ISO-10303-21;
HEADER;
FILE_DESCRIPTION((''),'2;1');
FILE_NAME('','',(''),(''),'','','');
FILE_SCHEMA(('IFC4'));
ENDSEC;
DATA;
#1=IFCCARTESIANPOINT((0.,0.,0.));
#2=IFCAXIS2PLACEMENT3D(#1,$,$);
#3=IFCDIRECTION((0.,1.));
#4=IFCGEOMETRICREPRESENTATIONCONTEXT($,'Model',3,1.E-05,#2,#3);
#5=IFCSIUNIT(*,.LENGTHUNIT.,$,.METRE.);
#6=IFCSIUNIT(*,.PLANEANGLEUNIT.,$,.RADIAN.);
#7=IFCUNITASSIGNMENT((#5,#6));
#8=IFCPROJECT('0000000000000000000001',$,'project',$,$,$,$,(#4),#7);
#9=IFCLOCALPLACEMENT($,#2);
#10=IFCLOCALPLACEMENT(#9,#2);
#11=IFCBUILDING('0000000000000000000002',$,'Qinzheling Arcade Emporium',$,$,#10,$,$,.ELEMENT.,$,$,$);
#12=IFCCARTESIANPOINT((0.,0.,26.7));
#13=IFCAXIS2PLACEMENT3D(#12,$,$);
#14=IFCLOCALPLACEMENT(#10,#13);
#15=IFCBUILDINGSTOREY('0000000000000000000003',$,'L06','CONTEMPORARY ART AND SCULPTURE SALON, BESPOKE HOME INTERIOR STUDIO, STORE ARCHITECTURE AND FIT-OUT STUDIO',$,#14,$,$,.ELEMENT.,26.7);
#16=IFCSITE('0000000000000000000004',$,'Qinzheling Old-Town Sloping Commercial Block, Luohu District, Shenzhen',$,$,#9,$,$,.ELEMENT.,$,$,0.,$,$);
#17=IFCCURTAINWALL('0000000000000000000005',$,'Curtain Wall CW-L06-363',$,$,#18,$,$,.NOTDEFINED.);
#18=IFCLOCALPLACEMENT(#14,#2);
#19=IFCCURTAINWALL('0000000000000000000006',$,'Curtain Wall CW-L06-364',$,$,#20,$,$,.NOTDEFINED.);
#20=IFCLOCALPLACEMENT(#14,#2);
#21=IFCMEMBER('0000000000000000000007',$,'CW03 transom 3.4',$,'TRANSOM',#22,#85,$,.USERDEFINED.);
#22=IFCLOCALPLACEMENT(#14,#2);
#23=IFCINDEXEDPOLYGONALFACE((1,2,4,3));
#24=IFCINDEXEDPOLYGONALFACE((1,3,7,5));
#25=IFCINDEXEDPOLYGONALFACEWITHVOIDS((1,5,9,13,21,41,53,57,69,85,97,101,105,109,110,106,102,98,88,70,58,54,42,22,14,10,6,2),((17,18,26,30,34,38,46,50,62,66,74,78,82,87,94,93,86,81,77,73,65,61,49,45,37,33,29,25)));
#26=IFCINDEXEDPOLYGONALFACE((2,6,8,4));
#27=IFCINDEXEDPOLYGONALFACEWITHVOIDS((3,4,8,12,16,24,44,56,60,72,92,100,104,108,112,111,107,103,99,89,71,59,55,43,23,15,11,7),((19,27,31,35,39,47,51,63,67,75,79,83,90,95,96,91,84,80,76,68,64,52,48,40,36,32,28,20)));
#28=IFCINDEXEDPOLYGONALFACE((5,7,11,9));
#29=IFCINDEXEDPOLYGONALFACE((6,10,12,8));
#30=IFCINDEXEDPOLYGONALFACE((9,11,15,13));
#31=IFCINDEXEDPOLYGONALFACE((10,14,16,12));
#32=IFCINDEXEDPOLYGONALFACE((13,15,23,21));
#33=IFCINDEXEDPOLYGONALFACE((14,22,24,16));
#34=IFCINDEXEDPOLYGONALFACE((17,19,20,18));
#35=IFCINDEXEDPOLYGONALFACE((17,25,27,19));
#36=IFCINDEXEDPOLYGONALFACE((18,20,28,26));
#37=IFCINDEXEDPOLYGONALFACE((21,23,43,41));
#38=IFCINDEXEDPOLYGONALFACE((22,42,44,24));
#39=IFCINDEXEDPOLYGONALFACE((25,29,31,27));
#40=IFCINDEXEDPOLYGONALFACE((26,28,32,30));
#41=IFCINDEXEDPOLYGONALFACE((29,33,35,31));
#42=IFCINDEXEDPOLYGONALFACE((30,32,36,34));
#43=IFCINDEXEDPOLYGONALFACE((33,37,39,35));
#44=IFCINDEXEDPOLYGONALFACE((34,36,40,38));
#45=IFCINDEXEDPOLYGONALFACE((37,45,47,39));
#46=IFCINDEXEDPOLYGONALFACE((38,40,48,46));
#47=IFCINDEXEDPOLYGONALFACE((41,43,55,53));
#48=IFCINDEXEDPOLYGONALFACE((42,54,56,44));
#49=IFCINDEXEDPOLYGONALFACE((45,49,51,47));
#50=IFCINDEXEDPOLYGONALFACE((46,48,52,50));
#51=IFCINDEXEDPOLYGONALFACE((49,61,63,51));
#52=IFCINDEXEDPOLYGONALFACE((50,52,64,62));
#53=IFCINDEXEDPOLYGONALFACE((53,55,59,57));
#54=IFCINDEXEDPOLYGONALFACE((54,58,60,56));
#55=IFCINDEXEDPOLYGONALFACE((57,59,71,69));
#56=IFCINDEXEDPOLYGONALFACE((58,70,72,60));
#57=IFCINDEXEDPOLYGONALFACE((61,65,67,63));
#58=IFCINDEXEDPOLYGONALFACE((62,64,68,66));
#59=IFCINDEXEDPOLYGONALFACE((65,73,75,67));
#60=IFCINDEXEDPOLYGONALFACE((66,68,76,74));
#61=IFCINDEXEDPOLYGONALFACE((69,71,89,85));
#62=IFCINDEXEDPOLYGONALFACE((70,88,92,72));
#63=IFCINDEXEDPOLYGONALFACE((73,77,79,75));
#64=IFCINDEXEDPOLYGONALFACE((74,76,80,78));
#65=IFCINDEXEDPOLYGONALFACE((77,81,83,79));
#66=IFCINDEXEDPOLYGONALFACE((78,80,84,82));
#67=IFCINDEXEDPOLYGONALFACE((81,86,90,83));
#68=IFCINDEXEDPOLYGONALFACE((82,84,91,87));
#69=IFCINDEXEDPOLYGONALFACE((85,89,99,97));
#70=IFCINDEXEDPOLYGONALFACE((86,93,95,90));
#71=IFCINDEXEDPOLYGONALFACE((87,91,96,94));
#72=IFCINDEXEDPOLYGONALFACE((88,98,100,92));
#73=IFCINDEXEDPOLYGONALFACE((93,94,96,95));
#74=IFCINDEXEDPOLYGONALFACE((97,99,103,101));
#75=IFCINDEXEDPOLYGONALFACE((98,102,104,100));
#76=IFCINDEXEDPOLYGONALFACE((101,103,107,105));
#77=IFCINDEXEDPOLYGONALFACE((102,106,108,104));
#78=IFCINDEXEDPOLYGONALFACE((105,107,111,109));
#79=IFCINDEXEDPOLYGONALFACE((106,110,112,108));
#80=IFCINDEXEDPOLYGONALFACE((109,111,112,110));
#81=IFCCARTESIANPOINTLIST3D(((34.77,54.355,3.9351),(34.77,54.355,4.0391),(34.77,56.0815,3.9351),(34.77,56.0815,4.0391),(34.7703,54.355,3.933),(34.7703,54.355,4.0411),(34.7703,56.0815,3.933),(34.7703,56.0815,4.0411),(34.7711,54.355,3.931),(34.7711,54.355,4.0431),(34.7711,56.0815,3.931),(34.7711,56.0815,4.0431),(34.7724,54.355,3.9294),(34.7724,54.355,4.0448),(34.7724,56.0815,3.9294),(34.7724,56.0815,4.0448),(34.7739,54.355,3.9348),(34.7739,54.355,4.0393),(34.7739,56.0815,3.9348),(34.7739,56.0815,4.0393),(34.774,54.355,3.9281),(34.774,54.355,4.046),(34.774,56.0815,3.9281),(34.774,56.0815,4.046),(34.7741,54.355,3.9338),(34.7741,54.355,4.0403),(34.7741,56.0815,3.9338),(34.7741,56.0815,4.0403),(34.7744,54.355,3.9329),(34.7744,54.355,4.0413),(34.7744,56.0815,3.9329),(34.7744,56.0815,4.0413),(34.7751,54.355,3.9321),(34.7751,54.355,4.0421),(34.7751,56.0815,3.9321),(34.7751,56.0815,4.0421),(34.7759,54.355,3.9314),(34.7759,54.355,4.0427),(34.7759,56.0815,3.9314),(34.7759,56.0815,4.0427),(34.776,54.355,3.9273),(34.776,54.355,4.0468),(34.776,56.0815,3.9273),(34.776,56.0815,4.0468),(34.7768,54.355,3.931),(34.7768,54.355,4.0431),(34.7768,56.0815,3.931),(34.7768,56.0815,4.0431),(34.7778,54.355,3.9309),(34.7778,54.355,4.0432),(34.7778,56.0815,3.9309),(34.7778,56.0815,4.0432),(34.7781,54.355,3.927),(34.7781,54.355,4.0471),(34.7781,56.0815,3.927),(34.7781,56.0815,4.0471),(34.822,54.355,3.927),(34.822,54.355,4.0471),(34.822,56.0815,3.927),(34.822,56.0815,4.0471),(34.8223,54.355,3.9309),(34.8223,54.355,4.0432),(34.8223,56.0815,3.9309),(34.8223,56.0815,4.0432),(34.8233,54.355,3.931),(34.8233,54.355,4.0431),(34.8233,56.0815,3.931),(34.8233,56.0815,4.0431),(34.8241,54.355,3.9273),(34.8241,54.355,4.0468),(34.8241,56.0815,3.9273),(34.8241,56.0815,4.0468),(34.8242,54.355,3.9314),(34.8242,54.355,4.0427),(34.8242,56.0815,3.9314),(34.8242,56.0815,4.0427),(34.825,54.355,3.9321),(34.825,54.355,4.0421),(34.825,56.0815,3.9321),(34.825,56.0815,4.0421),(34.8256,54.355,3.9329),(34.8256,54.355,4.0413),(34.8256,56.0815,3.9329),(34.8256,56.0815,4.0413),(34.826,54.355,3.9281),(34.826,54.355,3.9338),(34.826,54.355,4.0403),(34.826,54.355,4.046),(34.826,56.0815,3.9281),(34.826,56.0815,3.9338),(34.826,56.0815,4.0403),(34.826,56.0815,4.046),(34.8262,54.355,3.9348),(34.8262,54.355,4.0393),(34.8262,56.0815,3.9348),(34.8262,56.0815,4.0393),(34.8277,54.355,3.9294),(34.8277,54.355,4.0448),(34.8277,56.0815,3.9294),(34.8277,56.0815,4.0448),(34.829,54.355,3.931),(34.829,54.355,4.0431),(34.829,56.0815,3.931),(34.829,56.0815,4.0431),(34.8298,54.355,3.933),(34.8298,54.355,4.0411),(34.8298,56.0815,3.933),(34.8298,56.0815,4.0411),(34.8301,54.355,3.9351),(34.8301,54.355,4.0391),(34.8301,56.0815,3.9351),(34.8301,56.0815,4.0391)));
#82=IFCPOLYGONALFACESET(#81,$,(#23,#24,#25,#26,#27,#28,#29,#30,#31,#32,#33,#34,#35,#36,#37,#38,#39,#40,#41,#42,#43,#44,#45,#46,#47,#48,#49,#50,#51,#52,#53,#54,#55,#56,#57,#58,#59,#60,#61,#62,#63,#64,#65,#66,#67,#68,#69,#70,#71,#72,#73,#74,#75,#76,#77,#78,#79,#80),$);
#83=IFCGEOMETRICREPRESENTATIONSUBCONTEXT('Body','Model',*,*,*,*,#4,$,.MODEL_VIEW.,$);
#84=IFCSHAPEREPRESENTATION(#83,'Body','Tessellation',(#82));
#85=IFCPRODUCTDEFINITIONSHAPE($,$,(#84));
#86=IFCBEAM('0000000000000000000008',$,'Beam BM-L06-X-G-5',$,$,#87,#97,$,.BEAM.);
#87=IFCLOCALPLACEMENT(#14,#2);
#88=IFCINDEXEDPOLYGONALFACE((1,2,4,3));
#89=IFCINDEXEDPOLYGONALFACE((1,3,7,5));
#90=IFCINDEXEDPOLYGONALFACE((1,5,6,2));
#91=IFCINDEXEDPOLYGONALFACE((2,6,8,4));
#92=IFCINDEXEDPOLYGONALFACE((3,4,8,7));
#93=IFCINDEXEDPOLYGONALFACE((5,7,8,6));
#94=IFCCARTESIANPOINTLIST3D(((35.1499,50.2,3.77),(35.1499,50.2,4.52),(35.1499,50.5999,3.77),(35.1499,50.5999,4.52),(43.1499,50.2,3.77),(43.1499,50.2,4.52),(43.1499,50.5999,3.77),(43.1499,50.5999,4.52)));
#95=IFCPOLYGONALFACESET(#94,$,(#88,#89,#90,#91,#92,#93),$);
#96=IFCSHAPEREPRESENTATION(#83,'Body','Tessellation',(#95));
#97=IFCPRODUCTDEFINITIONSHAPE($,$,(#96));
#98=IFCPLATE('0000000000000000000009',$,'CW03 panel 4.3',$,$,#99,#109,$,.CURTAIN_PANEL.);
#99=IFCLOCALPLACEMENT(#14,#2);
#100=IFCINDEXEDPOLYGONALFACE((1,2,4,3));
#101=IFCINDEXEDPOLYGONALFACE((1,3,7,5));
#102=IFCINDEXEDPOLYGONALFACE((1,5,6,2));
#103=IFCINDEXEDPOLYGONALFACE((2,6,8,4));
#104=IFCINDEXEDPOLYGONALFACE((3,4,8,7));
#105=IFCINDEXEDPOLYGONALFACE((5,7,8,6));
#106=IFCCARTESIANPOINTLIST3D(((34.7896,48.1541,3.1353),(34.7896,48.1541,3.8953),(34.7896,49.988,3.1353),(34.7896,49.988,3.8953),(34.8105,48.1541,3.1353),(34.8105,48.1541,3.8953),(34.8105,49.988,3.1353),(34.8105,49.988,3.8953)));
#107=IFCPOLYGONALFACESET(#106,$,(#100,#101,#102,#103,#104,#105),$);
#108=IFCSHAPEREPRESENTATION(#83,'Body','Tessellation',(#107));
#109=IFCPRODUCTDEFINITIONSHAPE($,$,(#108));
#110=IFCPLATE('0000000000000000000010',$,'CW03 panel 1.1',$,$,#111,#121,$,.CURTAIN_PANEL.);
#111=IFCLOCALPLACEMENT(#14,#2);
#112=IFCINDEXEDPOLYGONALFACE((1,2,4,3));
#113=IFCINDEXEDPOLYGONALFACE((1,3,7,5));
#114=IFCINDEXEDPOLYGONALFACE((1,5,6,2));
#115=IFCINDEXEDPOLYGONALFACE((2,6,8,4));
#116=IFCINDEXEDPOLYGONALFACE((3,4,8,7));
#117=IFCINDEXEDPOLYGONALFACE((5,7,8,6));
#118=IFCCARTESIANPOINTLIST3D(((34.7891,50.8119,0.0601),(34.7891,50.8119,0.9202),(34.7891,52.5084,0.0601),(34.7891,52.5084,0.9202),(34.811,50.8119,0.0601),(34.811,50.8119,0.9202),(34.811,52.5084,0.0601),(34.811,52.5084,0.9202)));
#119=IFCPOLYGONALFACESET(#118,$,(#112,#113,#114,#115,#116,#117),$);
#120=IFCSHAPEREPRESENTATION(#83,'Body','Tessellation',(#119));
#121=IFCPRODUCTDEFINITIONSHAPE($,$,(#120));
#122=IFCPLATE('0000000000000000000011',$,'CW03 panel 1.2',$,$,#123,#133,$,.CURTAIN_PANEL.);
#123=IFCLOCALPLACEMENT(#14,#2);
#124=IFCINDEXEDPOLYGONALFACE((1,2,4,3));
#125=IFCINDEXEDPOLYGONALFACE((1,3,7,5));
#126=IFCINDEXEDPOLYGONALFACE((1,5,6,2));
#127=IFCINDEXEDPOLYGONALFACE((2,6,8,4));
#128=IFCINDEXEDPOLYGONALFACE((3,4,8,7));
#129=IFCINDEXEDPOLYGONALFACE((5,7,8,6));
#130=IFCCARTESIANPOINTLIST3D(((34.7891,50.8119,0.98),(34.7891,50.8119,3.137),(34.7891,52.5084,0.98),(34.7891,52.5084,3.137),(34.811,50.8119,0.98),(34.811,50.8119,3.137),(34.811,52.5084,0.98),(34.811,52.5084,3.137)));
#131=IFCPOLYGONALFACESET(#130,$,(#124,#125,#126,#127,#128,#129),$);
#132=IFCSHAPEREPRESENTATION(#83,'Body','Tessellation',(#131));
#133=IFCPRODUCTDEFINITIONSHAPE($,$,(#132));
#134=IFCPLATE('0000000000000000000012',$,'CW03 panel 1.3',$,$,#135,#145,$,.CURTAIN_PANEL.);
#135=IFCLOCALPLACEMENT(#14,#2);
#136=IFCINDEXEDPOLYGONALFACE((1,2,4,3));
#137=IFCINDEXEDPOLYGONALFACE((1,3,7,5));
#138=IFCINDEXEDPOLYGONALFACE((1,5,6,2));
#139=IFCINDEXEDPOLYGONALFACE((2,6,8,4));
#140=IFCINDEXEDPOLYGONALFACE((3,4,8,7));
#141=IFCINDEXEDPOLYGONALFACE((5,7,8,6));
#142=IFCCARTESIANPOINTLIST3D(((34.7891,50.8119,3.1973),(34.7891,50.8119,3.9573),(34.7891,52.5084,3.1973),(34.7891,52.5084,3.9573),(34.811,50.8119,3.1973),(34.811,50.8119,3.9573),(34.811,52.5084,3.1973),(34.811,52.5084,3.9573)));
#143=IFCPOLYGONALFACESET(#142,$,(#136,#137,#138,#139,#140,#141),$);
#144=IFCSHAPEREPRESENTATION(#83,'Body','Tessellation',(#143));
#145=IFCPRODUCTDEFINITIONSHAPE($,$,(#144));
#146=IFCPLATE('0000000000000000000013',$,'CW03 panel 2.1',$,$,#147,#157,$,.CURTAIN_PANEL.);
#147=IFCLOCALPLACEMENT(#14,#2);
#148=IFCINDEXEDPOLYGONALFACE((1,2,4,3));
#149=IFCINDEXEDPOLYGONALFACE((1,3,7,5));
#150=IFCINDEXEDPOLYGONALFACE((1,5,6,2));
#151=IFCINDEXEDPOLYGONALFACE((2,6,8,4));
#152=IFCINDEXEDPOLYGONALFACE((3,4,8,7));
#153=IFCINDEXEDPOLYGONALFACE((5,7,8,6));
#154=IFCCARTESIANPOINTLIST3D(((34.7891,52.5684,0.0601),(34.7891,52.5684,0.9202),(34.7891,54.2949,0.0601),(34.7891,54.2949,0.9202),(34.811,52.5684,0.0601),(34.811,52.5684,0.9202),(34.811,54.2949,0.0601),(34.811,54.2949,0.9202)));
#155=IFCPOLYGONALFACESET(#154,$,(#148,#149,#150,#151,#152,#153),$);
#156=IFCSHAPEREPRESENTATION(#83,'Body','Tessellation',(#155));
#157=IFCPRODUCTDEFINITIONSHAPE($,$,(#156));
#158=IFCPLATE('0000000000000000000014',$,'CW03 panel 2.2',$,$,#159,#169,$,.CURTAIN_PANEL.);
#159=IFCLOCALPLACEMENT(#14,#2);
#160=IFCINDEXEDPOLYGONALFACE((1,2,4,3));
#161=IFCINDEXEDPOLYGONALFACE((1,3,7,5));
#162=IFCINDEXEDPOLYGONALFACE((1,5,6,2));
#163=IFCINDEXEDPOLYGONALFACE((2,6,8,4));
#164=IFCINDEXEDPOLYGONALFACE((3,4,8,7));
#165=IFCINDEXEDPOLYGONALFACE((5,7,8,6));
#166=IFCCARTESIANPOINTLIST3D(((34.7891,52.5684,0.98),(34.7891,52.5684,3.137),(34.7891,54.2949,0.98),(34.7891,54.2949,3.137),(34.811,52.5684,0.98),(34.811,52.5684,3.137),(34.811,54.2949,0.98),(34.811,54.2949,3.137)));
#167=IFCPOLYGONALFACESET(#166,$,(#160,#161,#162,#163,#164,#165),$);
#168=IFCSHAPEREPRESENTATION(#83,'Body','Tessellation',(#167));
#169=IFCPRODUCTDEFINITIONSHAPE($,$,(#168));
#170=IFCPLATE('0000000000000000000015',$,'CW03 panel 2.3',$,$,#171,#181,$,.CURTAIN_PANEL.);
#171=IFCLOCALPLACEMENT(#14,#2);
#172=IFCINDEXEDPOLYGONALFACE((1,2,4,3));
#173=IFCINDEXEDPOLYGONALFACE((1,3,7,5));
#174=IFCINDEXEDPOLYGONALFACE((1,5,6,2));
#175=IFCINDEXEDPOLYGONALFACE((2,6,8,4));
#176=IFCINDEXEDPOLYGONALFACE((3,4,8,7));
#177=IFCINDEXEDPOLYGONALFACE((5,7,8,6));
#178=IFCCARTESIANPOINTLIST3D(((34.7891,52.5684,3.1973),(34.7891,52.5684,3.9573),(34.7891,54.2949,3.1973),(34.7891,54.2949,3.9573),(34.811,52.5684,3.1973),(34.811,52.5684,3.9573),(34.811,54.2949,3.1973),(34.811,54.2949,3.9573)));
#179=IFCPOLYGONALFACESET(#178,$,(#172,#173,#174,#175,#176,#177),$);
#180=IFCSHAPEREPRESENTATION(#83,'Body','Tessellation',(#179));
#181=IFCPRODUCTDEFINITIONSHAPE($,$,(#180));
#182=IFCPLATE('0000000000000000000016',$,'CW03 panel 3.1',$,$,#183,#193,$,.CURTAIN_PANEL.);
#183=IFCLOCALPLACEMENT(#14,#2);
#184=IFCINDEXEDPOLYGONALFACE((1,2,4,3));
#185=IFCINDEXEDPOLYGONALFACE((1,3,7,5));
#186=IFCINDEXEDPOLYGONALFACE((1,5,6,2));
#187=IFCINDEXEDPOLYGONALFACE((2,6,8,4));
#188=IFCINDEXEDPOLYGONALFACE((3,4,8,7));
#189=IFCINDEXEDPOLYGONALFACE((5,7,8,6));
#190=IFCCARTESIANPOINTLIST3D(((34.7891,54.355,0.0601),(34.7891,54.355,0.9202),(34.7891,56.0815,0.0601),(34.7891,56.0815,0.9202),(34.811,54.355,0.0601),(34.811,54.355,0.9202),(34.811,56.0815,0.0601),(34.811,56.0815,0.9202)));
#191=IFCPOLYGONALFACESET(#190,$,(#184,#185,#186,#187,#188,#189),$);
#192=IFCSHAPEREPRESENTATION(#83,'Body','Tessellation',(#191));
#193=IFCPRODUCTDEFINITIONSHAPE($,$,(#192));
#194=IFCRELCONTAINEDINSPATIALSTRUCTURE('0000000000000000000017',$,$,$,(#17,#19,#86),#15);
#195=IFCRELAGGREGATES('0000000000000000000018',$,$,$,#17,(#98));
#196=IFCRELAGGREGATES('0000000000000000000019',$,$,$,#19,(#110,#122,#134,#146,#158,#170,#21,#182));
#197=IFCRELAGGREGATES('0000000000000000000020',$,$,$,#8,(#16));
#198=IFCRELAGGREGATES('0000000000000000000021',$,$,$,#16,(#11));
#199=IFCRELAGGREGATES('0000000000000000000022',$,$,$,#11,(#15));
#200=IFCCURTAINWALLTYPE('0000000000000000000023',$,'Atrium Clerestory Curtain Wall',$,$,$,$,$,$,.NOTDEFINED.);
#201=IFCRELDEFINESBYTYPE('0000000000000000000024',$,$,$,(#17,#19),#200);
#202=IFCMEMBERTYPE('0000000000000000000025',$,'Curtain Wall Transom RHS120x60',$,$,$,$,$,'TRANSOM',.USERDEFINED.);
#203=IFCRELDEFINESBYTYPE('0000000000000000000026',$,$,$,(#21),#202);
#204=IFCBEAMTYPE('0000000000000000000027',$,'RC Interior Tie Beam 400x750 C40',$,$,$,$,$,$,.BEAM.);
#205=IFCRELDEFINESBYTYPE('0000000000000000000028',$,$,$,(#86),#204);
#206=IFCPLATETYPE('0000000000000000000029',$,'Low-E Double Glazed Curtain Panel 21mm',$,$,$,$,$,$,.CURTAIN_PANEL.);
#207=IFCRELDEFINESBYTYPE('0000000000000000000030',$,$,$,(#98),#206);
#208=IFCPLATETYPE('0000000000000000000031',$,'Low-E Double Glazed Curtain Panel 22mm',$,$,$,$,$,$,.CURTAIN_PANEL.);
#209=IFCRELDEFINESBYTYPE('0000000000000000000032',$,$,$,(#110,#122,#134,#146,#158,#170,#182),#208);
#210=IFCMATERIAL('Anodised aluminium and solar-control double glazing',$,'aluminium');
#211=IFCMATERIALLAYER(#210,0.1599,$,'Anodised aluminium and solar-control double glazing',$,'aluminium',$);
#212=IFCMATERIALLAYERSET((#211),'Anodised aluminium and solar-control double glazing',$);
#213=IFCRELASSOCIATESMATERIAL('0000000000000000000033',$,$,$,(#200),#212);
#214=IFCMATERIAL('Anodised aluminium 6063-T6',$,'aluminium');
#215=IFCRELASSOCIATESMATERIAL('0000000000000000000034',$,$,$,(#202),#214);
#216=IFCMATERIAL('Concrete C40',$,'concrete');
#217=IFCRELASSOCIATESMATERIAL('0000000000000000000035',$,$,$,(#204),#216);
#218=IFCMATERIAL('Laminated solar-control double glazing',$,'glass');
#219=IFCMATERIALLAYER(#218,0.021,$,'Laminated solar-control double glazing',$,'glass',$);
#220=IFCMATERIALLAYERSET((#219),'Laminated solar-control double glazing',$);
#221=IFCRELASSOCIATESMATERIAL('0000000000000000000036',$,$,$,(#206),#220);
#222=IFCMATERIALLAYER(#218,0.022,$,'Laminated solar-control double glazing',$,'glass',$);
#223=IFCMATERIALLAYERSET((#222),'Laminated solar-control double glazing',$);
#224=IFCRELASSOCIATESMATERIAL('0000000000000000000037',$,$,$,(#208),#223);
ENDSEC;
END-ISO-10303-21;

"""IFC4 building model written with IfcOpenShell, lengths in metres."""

from ifc_helpers import new_model, si_unit, direction, frame, origin, origin_2d, place, context, subcontext, project, spatial, rectangle, hollow_rectangle, extrude, material, layer, layer_set, material_profile, profile_set, type_object, element, aggregate, save


model = new_model("IFC4")

# Units and contexts
model_context = context("Model", 3, precision=1e-05, world=origin(), true_north=direction((0.0, 1.0)))
body_context = subcontext(model_context, "Body", "Model", "MODEL_VIEW")
ifc_project = project(units=[si_unit("LENGTHUNIT", "METRE"), si_unit("PLANEANGLEUNIT", "RADIAN")], contexts=[model_context])

# Site, building, storey
site_placement = place(None, origin())
site = spatial("IfcSite", under=ifc_project, at=site_placement, Name="Qinzheling Old-Town Sloping Commercial Block, Luohu District, Shenzhen", CompositionType="ELEMENT", RefElevation=0.0)
building_placement = place(site_placement, origin())
building = spatial("IfcBuilding", under=site, at=building_placement, Name="Qinzheling Arcade Emporium", CompositionType="ELEMENT")
storey_placement = place(building_placement, frame((0.0, 0.0, 26.7)))
storey = spatial("IfcBuildingStorey", under=building, at=storey_placement, Name="L06", Description="CONTEMPORARY ART AND SCULPTURE SALON, BESPOKE HOME INTERIOR STUDIO, STORE ARCHITECTURE AND FIT-OUT STUDIO", CompositionType="ELEMENT", Elevation=26.7)

# Shared definitions
ifc_material_1 = material(Name="Concrete C40", Category="concrete")

# Curtain wall
ifc_material_2 = material(Name="Anodised aluminium and solar-control double glazing", Category="aluminium")
ifc_layer_1 = layer(ifc_material_2, 0.1599, Name="Anodised aluminium and solar-control double glazing", Category="aluminium")
ifc_layer_set_1 = layer_set([ifc_layer_1], Name="Anodised aluminium and solar-control double glazing")
curtain_wall_type = type_object("IfcCurtainWallType", Name="Atrium Clerestory Curtain Wall", PredefinedType="NOTDEFINED", material=ifc_layer_set_1)
curtain_wall_1_placement = place(storey_placement, origin())
curtain_wall_1 = element("IfcCurtainWall", 1, at=curtain_wall_1_placement, inside=storey, type_object=curtain_wall_type, Name="Curtain Wall CW-L06-363", PredefinedType="NOTDEFINED")
ifc_material_3 = material(Name="Anodised aluminium 6063-T6", Category="aluminium")

# Curtain wall, member
curtain_wall_2_placement = place(storey_placement, origin())
curtain_wall_2 = element("IfcCurtainWall", 2, at=curtain_wall_2_placement, inside=storey, type_object=curtain_wall_type, Name="Curtain Wall CW-L06-364", PredefinedType="NOTDEFINED")
ifc_material_profile_1 = material_profile(ifc_material_3, hollow_rectangle(XDim=0.0601, YDim=0.1201, WallThickness=0.0039, InnerFilletRadius=0.0039, OuterFilletRadius=0.0081, at=origin_2d()), Name="RHS 120x60x4", Category="aluminium")
ifc_profile_set_1 = profile_set([ifc_material_profile_1], Name="Anodised aluminium 6063-T6")
member_type_1 = type_object("IfcMemberType", Name="Curtain Wall Transom RHS120x60", ElementType="TRANSOM", PredefinedType="USERDEFINED", material=ifc_profile_set_1)
member_1_placement = place(storey_placement, frame((34.8, 54.355, 3.9871), z_axis=(0.0, 1.0, 0.0), x_axis=(-1.0, 0.0, 0.0)))
member_1 = element("IfcMember", 3, at=member_1_placement, type_object=member_type_1, Name="CW03 transom 3.4", ObjectType="TRANSOM", PredefinedType="USERDEFINED", context=body_context, shape_type="SweptSolid", body=[
    extrude(hollow_rectangle(XDim=0.0601, YDim=0.1201, WallThickness=0.0039, InnerFilletRadius=0.0039, OuterFilletRadius=0.0081, at=origin_2d()), origin(), (0.0, 0.0, 1.0), 1.7266),
])

# Beam
ifc_material_profile_2 = material_profile(ifc_material_1, rectangle(XDim=0.3999, YDim=0.75, at=origin_2d()), Name="RC 400x750", Category="concrete")
ifc_profile_set_2 = profile_set([ifc_material_profile_2], Name="Concrete C40")
beam_type_1 = type_object("IfcBeamType", Name="RC Interior Tie Beam 400x750 C40", PredefinedType="BEAM", material=ifc_profile_set_2)
beam_1_placement = place(storey_placement, frame((35.1499, 50.3999, 4.145), z_axis=(1.0, 0.0, 0.0), x_axis=(0.0, 1.0, 0.0)))
element("IfcBeam", 4, at=beam_1_placement, inside=storey, type_object=beam_type_1, Name="Beam BM-L06-X-G-5", PredefinedType="BEAM", context=body_context, shape_type="SweptSolid", body=[
    extrude(rectangle(XDim=0.3999, YDim=0.75, at=origin_2d()), origin(), (0.0, 0.0, 1.0), 8.0),
])

# Plates
ifc_material_4 = material(Name="Laminated solar-control double glazing", Category="glass")
ifc_layer_2 = layer(ifc_material_4, 0.021, Name="Laminated solar-control double glazing", Category="glass")
ifc_layer_set_2 = layer_set([ifc_layer_2], Name="Laminated solar-control double glazing")
plate_type_1 = type_object("IfcPlateType", Name="Low-E Double Glazed Curtain Panel 21mm", PredefinedType="CURTAIN_PANEL", material=ifc_layer_set_2)
plate_1_placement = place(storey_placement, frame((34.8, 49.071, 3.1353), z_axis=(0.0, 0.0, 1.0), x_axis=(0.0, 1.0, 0.0)))
plate_1 = element("IfcPlate", 5, at=plate_1_placement, type_object=plate_type_1, Name="CW03 panel 4.3", PredefinedType="CURTAIN_PANEL", context=body_context, shape_type="SweptSolid", body=[
    extrude(rectangle(XDim=1.834, YDim=0.021, at=origin_2d()), origin(), (0.0, 0.0, 1.0), 0.76),
])
aggregate(curtain_wall_1, [plate_1])
ifc_layer_3 = layer(ifc_material_4, 0.022, Name="Laminated solar-control double glazing", Category="glass")
ifc_layer_set_3 = layer_set([ifc_layer_3], Name="Laminated solar-control double glazing")
plate_type_2 = type_object("IfcPlateType", Name="Low-E Double Glazed Curtain Panel 22mm", PredefinedType="CURTAIN_PANEL", material=ifc_layer_set_3)
plate_2_placement = place(storey_placement, frame((34.8, 51.6602, 0.0601), z_axis=(0.0, 0.0, 1.0), x_axis=(0.0, 1.0, 0.0)))
plate_2 = element("IfcPlate", 6, at=plate_2_placement, type_object=plate_type_2, Name="CW03 panel 1.1", PredefinedType="CURTAIN_PANEL", context=body_context, shape_type="SweptSolid", body=[
    extrude(rectangle(XDim=1.6965, YDim=0.022, at=origin_2d()), origin(), (0.0, 0.0, 1.0), 0.8601),
])
plate_3_placement = place(storey_placement, frame((34.8, 51.6602, 0.98), z_axis=(0.0, 0.0, 1.0), x_axis=(0.0, 1.0, 0.0)))
plate_3 = element("IfcPlate", 7, at=plate_3_placement, type_object=plate_type_2, Name="CW03 panel 1.2", PredefinedType="CURTAIN_PANEL", context=body_context, shape_type="SweptSolid", body=[
    extrude(rectangle(XDim=1.6965, YDim=0.022, at=origin_2d()), origin(), (0.0, 0.0, 1.0), 2.157),
])
plate_4_placement = place(storey_placement, frame((34.8, 51.6602, 3.1973), z_axis=(0.0, 0.0, 1.0), x_axis=(0.0, 1.0, 0.0)))
plate_4 = element("IfcPlate", 8, at=plate_4_placement, type_object=plate_type_2, Name="CW03 panel 1.3", PredefinedType="CURTAIN_PANEL", context=body_context, shape_type="SweptSolid", body=[
    extrude(rectangle(XDim=1.6965, YDim=0.022, at=origin_2d()), origin(), (0.0, 0.0, 1.0), 0.76),
])
plate_5_placement = place(storey_placement, frame((34.8, 53.4316, 0.0601), z_axis=(0.0, 0.0, 1.0), x_axis=(0.0, 1.0, 0.0)))
plate_5 = element("IfcPlate", 9, at=plate_5_placement, type_object=plate_type_2, Name="CW03 panel 2.1", PredefinedType="CURTAIN_PANEL", context=body_context, shape_type="SweptSolid", body=[
    extrude(rectangle(XDim=1.7266, YDim=0.022, at=origin_2d()), origin(), (0.0, 0.0, 1.0), 0.8601),
])
plate_6_placement = place(storey_placement, frame((34.8, 53.4316, 0.98), z_axis=(0.0, 0.0, 1.0), x_axis=(0.0, 1.0, 0.0)))
plate_6 = element("IfcPlate", 10, at=plate_6_placement, type_object=plate_type_2, Name="CW03 panel 2.2", PredefinedType="CURTAIN_PANEL", context=body_context, shape_type="SweptSolid", body=[
    extrude(rectangle(XDim=1.7266, YDim=0.022, at=origin_2d()), origin(), (0.0, 0.0, 1.0), 2.157),
])
plate_7_placement = place(storey_placement, frame((34.8, 53.4316, 3.1973), z_axis=(0.0, 0.0, 1.0), x_axis=(0.0, 1.0, 0.0)))
plate_7 = element("IfcPlate", 11, at=plate_7_placement, type_object=plate_type_2, Name="CW03 panel 2.3", PredefinedType="CURTAIN_PANEL", context=body_context, shape_type="SweptSolid", body=[
    extrude(rectangle(XDim=1.7266, YDim=0.022, at=origin_2d()), origin(), (0.0, 0.0, 1.0), 0.76),
])
plate_8_placement = place(storey_placement, frame((34.8, 55.2183, 0.0601), z_axis=(0.0, 0.0, 1.0), x_axis=(0.0, 1.0, 0.0)))
plate_8 = element("IfcPlate", 12, at=plate_8_placement, type_object=plate_type_2, Name="CW03 panel 3.1", PredefinedType="CURTAIN_PANEL", context=body_context, shape_type="SweptSolid", body=[
    extrude(rectangle(XDim=1.7266, YDim=0.022, at=origin_2d()), origin(), (0.0, 0.0, 1.0), 0.8601),
])
aggregate(curtain_wall_2, [plate_2, plate_3, plate_4, plate_5, plate_6, plate_7, member_1, plate_8])

save(model, "model.ifc")
